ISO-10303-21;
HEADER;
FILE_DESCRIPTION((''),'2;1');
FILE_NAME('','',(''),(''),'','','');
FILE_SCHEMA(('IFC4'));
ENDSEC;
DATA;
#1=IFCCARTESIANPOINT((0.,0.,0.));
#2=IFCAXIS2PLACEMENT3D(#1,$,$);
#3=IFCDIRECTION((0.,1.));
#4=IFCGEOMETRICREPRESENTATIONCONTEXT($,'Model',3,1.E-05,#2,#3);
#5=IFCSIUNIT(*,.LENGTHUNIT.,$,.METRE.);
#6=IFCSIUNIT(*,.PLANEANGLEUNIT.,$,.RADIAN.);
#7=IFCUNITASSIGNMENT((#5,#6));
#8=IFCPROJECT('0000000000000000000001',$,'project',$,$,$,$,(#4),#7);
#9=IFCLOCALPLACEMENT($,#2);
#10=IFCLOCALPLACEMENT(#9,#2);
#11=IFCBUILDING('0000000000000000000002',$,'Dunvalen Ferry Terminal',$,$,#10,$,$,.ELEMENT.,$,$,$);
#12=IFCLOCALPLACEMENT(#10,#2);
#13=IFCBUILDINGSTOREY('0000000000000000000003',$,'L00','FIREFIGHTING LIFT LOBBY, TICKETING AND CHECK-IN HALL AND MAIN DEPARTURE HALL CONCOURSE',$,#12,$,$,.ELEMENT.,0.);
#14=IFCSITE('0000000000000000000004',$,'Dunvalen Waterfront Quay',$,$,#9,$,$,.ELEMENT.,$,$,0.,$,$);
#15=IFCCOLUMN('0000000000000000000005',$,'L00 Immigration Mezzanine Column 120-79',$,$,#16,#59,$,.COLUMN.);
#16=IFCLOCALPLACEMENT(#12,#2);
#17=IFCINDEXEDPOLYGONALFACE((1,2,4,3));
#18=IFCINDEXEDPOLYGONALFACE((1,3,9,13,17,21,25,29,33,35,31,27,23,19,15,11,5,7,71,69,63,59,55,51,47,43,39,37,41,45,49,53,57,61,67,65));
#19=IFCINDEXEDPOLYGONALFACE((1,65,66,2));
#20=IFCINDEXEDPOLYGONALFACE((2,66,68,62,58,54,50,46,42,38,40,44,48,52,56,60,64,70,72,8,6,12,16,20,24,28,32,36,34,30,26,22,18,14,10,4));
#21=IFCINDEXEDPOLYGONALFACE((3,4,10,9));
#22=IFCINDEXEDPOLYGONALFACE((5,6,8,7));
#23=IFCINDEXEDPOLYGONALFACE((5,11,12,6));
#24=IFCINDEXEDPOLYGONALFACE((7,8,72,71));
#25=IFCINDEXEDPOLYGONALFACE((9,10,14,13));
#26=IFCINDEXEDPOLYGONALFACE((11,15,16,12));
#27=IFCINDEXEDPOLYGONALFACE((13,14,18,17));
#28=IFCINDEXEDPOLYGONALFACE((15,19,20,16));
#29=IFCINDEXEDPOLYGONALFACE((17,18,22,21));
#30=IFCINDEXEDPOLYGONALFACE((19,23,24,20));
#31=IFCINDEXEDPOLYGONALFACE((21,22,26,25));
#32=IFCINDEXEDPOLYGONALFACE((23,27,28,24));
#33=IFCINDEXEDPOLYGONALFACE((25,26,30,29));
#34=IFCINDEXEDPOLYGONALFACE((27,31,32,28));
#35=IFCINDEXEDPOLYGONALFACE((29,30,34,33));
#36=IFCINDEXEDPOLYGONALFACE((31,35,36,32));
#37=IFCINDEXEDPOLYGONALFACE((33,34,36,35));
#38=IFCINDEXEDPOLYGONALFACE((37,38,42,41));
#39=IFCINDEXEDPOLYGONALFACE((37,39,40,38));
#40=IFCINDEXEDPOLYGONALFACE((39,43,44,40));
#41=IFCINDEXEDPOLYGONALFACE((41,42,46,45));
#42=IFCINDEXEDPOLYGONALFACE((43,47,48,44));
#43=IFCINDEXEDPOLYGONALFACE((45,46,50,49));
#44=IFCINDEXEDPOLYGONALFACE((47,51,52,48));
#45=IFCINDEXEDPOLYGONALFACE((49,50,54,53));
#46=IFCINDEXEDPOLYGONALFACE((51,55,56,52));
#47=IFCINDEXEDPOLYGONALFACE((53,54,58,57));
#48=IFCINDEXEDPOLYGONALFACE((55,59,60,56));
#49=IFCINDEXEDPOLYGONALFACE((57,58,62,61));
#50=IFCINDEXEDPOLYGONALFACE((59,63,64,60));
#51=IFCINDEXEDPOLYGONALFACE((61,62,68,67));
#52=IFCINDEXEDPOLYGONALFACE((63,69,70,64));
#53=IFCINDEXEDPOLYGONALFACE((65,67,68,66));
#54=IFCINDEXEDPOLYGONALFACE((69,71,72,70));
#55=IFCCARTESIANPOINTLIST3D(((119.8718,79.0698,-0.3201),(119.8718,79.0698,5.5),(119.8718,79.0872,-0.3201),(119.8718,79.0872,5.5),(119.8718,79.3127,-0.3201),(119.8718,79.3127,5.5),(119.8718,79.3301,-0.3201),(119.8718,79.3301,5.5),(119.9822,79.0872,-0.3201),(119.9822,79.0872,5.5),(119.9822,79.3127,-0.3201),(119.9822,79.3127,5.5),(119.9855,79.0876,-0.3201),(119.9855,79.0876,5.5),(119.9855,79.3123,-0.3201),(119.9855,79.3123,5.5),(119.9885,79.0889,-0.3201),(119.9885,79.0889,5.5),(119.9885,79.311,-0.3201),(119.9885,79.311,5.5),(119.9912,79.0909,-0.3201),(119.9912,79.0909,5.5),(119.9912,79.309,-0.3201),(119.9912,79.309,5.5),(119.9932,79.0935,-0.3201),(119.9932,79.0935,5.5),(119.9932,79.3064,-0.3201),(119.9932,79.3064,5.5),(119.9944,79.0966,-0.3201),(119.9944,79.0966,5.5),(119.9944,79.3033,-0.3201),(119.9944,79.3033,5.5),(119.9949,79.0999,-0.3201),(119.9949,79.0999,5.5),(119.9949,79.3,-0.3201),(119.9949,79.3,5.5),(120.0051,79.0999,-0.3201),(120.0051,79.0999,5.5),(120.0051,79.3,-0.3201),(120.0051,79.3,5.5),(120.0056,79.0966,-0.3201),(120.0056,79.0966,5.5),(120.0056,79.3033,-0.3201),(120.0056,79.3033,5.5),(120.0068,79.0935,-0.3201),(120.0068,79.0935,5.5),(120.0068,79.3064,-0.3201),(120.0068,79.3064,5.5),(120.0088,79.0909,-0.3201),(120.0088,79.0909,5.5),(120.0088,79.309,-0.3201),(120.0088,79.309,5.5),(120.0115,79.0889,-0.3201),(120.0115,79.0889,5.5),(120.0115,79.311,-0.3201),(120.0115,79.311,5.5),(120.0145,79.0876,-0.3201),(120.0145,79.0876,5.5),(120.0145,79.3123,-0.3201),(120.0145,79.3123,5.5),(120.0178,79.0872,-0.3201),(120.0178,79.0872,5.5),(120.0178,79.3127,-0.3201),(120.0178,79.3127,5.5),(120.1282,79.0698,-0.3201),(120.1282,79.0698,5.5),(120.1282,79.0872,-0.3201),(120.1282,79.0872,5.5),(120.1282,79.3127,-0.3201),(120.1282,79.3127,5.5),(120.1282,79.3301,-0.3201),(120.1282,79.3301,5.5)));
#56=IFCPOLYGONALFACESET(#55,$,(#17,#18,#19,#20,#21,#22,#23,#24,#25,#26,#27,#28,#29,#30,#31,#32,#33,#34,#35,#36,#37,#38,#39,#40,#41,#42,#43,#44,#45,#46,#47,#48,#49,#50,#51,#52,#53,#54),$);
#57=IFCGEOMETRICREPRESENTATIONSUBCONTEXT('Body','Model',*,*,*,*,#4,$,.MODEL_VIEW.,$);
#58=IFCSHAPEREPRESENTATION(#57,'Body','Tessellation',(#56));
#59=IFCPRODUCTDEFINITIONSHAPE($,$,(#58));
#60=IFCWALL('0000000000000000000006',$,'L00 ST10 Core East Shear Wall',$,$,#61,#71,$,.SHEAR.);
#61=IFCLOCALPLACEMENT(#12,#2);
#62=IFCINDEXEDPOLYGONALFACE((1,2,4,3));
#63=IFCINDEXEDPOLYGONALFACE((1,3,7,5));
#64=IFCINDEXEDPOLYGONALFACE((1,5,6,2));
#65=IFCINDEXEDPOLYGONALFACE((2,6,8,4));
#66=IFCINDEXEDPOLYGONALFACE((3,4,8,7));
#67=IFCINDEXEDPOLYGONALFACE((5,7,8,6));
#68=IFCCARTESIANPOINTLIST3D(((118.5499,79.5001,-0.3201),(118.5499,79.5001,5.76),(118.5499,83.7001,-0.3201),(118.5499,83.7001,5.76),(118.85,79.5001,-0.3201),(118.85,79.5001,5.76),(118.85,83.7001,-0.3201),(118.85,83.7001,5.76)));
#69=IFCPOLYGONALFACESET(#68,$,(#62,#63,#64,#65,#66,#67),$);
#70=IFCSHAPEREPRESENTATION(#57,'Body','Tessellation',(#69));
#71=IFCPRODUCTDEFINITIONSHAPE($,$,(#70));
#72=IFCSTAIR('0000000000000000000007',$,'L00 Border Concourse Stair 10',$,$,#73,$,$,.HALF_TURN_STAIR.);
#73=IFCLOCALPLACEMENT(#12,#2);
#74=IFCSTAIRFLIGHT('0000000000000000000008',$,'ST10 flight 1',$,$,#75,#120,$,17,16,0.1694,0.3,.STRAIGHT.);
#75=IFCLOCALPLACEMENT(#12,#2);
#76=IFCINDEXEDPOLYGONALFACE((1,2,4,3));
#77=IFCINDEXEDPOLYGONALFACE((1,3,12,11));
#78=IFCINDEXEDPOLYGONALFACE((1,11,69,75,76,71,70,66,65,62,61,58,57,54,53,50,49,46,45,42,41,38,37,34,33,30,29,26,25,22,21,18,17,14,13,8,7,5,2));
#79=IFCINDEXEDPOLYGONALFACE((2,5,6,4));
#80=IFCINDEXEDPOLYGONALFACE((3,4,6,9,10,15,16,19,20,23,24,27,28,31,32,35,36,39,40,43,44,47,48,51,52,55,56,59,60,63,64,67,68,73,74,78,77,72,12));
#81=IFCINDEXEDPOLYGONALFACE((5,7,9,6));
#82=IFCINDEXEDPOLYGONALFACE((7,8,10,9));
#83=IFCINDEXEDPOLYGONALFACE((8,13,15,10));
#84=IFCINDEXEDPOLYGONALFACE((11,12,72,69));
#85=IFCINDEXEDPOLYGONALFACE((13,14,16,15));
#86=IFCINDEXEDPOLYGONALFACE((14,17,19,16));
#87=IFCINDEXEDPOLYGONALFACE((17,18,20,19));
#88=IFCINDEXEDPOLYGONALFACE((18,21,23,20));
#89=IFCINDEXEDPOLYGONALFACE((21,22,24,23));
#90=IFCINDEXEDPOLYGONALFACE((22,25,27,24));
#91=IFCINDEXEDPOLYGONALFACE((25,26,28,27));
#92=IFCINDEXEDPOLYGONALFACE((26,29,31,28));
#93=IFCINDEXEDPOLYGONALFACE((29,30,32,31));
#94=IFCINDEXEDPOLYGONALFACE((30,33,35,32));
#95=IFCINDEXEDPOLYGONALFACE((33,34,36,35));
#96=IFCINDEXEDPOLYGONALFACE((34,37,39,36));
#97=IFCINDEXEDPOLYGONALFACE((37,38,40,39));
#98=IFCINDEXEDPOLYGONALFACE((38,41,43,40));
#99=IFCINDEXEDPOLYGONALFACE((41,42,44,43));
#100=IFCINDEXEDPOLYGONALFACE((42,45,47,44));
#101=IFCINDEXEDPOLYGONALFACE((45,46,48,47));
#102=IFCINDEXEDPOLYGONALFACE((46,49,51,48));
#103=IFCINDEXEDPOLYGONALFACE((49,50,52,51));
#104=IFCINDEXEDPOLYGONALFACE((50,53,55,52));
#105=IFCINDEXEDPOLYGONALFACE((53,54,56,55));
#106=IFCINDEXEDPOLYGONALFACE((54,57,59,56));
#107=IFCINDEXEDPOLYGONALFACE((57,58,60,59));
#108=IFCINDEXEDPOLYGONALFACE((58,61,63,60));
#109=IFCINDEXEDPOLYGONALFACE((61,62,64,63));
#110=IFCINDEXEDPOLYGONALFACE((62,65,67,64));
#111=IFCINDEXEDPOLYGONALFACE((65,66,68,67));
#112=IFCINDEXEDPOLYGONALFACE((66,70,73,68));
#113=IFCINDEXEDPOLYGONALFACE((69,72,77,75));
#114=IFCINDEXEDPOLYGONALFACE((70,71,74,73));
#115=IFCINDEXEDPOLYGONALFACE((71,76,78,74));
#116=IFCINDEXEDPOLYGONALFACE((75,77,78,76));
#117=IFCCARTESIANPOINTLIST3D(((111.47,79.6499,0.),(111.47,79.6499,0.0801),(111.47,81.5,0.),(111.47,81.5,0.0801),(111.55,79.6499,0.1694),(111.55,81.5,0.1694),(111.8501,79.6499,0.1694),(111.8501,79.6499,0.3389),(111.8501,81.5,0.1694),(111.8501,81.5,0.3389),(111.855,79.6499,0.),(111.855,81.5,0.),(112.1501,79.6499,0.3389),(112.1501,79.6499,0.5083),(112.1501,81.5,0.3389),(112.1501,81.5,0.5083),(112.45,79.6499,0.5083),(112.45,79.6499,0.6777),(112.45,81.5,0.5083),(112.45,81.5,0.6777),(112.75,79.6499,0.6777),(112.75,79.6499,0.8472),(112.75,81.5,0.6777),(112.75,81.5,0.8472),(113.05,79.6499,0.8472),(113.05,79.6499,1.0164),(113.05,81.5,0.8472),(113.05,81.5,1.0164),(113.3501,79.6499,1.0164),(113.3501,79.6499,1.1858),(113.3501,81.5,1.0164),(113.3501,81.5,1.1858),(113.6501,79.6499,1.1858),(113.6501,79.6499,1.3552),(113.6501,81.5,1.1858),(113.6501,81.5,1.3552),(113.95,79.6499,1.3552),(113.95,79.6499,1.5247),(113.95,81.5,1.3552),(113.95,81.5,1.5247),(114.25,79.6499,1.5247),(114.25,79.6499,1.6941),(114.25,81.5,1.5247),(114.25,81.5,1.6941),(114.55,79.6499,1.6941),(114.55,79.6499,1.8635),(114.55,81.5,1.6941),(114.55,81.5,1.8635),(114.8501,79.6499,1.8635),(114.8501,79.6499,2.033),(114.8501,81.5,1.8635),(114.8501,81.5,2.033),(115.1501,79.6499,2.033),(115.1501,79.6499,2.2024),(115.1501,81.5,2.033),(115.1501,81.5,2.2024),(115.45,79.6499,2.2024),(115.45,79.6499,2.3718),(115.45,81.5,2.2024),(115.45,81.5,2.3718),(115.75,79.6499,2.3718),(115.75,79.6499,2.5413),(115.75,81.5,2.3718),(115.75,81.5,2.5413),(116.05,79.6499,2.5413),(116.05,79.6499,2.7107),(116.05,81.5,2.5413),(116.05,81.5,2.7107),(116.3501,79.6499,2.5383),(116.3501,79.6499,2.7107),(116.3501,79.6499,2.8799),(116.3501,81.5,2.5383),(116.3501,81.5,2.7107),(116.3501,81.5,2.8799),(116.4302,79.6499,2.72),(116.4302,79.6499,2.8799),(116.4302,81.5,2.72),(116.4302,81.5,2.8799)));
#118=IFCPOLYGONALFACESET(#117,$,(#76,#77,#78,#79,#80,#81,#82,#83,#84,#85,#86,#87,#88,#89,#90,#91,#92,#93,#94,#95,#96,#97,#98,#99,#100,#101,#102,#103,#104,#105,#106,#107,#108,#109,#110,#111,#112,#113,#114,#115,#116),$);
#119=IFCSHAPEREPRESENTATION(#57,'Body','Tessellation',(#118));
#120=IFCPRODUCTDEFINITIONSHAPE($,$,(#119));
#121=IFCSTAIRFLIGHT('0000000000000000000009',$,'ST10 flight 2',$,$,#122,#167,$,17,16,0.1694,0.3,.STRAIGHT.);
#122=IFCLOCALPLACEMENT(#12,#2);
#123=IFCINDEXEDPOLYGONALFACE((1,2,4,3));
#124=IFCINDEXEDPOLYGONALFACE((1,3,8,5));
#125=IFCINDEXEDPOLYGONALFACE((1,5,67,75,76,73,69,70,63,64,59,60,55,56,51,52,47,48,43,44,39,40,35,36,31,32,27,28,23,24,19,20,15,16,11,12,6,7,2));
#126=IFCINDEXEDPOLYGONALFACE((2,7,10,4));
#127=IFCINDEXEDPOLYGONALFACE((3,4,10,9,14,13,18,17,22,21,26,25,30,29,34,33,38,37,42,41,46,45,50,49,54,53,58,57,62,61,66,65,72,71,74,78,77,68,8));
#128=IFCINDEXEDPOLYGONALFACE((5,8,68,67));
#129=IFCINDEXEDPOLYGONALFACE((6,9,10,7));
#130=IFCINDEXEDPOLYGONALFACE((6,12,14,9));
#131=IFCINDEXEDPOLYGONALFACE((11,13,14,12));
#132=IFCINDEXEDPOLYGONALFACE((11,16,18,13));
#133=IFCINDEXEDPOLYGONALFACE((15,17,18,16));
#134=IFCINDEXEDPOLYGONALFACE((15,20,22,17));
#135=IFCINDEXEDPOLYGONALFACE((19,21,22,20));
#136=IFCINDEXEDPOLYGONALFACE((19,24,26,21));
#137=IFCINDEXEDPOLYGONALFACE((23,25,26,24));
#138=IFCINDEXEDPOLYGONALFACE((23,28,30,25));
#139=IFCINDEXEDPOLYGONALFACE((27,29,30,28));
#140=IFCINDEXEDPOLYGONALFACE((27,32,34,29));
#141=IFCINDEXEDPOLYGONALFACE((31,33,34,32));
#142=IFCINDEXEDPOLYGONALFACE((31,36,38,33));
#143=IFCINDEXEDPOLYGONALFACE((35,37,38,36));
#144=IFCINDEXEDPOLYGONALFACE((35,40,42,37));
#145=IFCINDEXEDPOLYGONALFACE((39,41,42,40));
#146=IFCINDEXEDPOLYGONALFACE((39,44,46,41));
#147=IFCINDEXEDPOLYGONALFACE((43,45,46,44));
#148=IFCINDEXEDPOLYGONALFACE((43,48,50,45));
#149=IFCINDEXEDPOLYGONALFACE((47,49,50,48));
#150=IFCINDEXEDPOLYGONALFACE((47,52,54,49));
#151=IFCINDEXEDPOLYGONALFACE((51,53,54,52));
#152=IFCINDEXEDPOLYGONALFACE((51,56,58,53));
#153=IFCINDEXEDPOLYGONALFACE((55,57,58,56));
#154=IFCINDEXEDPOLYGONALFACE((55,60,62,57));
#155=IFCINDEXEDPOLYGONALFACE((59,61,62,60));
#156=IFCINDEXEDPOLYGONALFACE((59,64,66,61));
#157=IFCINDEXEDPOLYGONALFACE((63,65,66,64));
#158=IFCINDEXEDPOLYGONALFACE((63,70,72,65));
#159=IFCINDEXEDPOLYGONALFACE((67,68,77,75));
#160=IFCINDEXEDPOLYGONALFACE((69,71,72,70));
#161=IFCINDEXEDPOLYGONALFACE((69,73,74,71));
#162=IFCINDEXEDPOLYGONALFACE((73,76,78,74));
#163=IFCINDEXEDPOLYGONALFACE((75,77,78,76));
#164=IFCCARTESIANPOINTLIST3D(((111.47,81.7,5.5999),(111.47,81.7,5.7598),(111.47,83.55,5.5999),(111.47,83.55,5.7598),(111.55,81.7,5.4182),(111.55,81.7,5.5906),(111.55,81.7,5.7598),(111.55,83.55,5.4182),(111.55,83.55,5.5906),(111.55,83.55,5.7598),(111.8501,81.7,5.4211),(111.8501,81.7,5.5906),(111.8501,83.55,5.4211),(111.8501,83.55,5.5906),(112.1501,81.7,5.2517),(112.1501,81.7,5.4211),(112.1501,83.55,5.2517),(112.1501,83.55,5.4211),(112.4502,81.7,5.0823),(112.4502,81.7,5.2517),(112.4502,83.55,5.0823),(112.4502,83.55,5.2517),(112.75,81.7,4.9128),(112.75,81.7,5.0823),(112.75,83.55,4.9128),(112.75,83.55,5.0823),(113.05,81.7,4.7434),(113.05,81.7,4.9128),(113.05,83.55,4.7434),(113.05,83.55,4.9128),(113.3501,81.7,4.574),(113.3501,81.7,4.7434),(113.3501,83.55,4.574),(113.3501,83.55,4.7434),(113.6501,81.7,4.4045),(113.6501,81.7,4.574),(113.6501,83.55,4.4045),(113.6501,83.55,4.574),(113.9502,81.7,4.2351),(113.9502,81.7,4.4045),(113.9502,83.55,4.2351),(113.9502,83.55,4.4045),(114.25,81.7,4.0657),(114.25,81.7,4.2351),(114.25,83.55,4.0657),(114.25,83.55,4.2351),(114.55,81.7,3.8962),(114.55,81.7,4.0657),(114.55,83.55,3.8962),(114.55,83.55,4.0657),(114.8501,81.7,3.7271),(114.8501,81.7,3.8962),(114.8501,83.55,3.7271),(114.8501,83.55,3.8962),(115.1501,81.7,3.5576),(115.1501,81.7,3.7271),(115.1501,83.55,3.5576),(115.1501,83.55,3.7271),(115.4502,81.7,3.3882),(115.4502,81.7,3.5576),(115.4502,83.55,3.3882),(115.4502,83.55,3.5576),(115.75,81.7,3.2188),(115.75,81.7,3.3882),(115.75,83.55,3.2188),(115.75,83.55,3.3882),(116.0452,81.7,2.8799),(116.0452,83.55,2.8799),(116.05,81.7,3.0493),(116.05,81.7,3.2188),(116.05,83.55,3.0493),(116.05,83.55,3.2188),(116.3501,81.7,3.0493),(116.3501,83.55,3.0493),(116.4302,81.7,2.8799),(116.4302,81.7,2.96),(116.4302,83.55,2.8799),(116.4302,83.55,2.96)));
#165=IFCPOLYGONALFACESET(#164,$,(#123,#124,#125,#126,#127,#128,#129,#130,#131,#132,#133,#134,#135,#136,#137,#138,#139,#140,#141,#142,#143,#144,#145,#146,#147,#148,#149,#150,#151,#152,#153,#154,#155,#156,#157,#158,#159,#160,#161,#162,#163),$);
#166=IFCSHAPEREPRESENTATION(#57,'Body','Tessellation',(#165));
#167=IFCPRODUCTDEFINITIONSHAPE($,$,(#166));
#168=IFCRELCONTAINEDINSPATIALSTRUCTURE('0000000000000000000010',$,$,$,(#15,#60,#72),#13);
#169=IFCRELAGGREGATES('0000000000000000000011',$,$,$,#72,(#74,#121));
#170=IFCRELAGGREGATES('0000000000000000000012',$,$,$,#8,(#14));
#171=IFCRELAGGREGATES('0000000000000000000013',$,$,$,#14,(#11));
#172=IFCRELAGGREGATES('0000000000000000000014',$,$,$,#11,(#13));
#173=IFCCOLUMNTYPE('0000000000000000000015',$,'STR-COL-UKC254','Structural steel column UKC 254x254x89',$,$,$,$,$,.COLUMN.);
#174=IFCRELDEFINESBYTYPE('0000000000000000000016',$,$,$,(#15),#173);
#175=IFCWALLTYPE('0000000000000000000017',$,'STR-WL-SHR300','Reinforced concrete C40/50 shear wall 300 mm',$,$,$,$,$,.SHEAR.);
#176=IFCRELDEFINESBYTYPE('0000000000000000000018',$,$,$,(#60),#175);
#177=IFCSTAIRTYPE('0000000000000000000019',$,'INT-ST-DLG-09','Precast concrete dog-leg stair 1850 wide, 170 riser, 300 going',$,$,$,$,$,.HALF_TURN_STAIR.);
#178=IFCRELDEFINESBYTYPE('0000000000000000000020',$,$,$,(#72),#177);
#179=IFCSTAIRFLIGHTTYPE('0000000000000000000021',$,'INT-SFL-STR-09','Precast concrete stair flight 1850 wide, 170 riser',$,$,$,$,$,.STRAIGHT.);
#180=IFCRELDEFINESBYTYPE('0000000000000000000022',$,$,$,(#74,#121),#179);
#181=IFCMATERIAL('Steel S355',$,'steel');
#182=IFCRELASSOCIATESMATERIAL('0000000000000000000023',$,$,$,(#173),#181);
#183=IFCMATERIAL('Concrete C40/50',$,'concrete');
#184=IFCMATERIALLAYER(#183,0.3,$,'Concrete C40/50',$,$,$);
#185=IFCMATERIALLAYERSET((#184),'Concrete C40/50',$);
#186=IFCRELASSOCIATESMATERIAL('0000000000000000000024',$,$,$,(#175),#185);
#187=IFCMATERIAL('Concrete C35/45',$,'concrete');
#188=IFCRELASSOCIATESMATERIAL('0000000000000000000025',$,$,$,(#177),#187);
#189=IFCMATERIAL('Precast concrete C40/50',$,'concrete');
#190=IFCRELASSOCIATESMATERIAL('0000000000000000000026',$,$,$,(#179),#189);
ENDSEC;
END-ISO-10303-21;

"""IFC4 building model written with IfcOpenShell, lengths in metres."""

from ifc_helpers import new_model, si_unit, direction, frame, frame_2d, origin, origin_2d, place, context, subcontext, project, spatial, polyline, rectangle, i_section, outline, extrude, material, layer, layer_set, material_profile, profile_set, type_object, element, aggregate, save


model = new_model("IFC4")

# Units and contexts
model_context = context("Model", 3, precision=1e-05, world=origin(), true_north=direction((0.0, 1.0)))
body_context = subcontext(model_context, "Body", "Model", "MODEL_VIEW")
ifc_project = project(units=[si_unit("LENGTHUNIT", "METRE"), si_unit("PLANEANGLEUNIT", "RADIAN")], contexts=[model_context])

# Site, building, storey
site_placement = place(None, origin())
site = spatial("IfcSite", under=ifc_project, at=site_placement, Name="Dunvalen Waterfront Quay", CompositionType="ELEMENT", RefElevation=0.0)
building_placement = place(site_placement, origin())
building = spatial("IfcBuilding", under=site, at=building_placement, Name="Dunvalen Ferry Terminal", CompositionType="ELEMENT")
storey_placement = place(building_placement, origin())
storey = spatial("IfcBuildingStorey", under=building, at=storey_placement, Name="L00", Description="FIREFIGHTING LIFT LOBBY, TICKETING AND CHECK-IN HALL AND MAIN DEPARTURE HALL CONCOURSE", CompositionType="ELEMENT", Elevation=0.0)

# Shared definitions
ifc_material_1 = material(Name="Concrete C40/50", Category="concrete")

# Column
ifc_material_2 = material(Name="Steel S355", Category="steel")
ifc_material_profile_1 = material_profile(ifc_material_2, i_section(OverallWidth=0.2563, OverallDepth=0.2603, WebThickness=0.0103, FlangeThickness=0.0173, FilletRadius=0.0127, at=origin_2d()), Name="Steel S355")
ifc_profile_set_1 = profile_set([ifc_material_profile_1], Name="Steel S355")
column_type = type_object("IfcColumnType", Name="STR-COL-UKC254", Description="Structural steel column UKC 254x254x89", PredefinedType="COLUMN", material=ifc_profile_set_1)
for number, where, z_axis, x_axis, name in (
    (1, (120.0, 79.2, -0.3201), (0.0, 0.0, 1.0), (1.0, 0.0, 0.0), "L00 Immigration Mezzanine Column 120-79"),
):
    element("IfcColumn", number, at=place(storey_placement, frame(where, z_axis=z_axis, x_axis=x_axis)), inside=storey, type_object=column_type, Name=name, PredefinedType="COLUMN", context=body_context, shape_type="SweptSolid", body=[
        extrude(i_section(OverallWidth=0.2563, OverallDepth=0.2603, WebThickness=0.0103, FlangeThickness=0.0173, FilletRadius=0.0127, at=origin_2d()), origin(), (0.0, 0.0, 1.0), 5.8201),
    ])

# Wall
ifc_layer = layer(ifc_material_1, 0.3, Name="Concrete C40/50")
ifc_layer_set = layer_set([ifc_layer], Name="Concrete C40/50")
wall_type = type_object("IfcWallType", Name="STR-WL-SHR300", Description="Reinforced concrete C40/50 shear wall 300 mm", PredefinedType="SHEAR", material=ifc_layer_set)
wall_placement = place(storey_placement, frame((118.7, 79.5, -0.3201), z_axis=(0.0, 0.0, 1.0), x_axis=(0.0, 1.0, 0.0)))
element("IfcWall", 2, at=wall_placement, inside=storey, type_object=wall_type, Name="L00 ST10 Core East Shear Wall", PredefinedType="SHEAR", context=body_context, shape_type="SweptSolid", body=[
    extrude(rectangle(XDim=4.2, YDim=0.3, at=frame_2d((2.1001, 0.0))), origin(), (0.0, 0.0, 1.0), 6.0801),
])

# Stair, stair flights
ifc_material_3 = material(Name="Concrete C35/45", Category="concrete")
stair_type = type_object("IfcStairType", Name="INT-ST-DLG-09", Description="Precast concrete dog-leg stair 1850 wide, 170 riser, 300 going", PredefinedType="HALF_TURN_STAIR", material=ifc_material_3)
stair_placement = place(storey_placement, origin())
stair = element("IfcStair", 3, at=stair_placement, inside=storey, type_object=stair_type, Name="L00 Border Concourse Stair 10", PredefinedType="HALF_TURN_STAIR")
ifc_material_4 = material(Name="Precast concrete C40/50", Category="concrete")
stair_flight_type = type_object("IfcStairFlightType", Name="INT-SFL-STR-09", Description="Precast concrete stair flight 1850 wide, 170 riser", PredefinedType="STRAIGHT", material=ifc_material_4)
stair_flight_1_placement = place(storey_placement, frame((111.55, 80.575, 0.0), z_axis=(0.0, 0.0, 1.0), x_axis=(1.0, 0.0, 0.0)))
stair_flight_1 = element("IfcStairFlight", 4, at=stair_flight_1_placement, type_object=stair_flight_type, Name="ST10 flight 1", NumberOfRisers=17, NumberOfTreads=16, PredefinedType="STRAIGHT", RiserHeight=0.1694, TreadLength=0.3, context=body_context, shape_type="SweptSolid", body=[
    extrude(outline(polyline([(-0.0801, 0.0), (-0.0801, 0.0801), (0.0, 0.1694), (0.3, 0.1694), (0.3, 0.3389), (0.6001, 0.3389), (0.6001, 0.5083), (0.8999, 0.5083), (0.8999, 0.6777), (1.2, 0.6777), (1.2, 0.8472), (1.5, 0.8472), (1.5, 1.0164), (1.8, 1.0164), (1.8, 1.1858), (2.1001, 1.1858), (2.1001, 1.3552), (2.3999, 1.3552), (2.3999, 1.5247), (2.7, 1.5247), (2.7, 1.6941), (3.0, 1.6941), (3.0, 1.8635), (3.3, 1.8635), (3.3, 2.033), (3.6001, 2.033), (3.6001, 2.2024), (3.8999, 2.2024), (3.8999, 2.3718), (4.2, 2.3718), (4.2, 2.5413), (4.5, 2.5413), (4.5, 2.7107), (4.8, 2.7107), (4.8, 2.8799), (4.8801, 2.8799), (4.8801, 2.72), (4.8, 2.5383), (0.3049, 0.0), (-0.0801, 0.0)])), frame((0.0, 0.925, 0.0), z_axis=(0.0, -1.0, 0.0), x_axis=(1.0, 0.0, 0.0)), (0.0, 0.0, 1.0), 1.8501),
])
stair_flight_2_placement = place(storey_placement, frame((116.3501, 82.625, 2.8799), z_axis=(0.0, 0.0, 1.0), x_axis=(-1.0, 0.0, 0.0)))
stair_flight_2 = element("IfcStairFlight", 5, at=stair_flight_2_placement, type_object=stair_flight_type, Name="ST10 flight 2", NumberOfRisers=17, NumberOfTreads=16, PredefinedType="STRAIGHT", RiserHeight=0.1694, TreadLength=0.3, context=body_context, shape_type="SweptSolid", body=[
    extrude(outline(polyline([(-0.0801, 0.0), (-0.0801, 0.0801), (0.0, 0.1694), (0.3, 0.1694), (0.3, 0.3389), (0.6001, 0.3389), (0.6001, 0.5083), (0.8999, 0.5083), (0.8999, 0.6777), (1.2, 0.6777), (1.2, 0.8472), (1.5, 0.8472), (1.5, 1.0164), (1.8, 1.0164), (1.8, 1.1858), (2.1001, 1.1858), (2.1001, 1.3552), (2.3999, 1.3552), (2.3999, 1.5247), (2.7, 1.5247), (2.7, 1.6941), (3.0, 1.6941), (3.0, 1.8635), (3.3, 1.8635), (3.3, 2.033), (3.6001, 2.033), (3.6001, 2.2024), (3.8999, 2.2024), (3.8999, 2.3718), (4.2, 2.3718), (4.2, 2.5413), (4.5, 2.5413), (4.5, 2.7107), (4.8, 2.7107), (4.8, 2.8799), (4.8801, 2.8799), (4.8801, 2.72), (4.8, 2.5383), (0.3049, 0.0), (-0.0801, 0.0)])), frame((0.0, 0.925, 0.0), z_axis=(0.0, -1.0, 0.0), x_axis=(1.0, 0.0, 0.0)), (0.0, 0.0, 1.0), 1.8501),
])
aggregate(stair, [stair_flight_1, stair_flight_2])

save(model, "model.ifc")
